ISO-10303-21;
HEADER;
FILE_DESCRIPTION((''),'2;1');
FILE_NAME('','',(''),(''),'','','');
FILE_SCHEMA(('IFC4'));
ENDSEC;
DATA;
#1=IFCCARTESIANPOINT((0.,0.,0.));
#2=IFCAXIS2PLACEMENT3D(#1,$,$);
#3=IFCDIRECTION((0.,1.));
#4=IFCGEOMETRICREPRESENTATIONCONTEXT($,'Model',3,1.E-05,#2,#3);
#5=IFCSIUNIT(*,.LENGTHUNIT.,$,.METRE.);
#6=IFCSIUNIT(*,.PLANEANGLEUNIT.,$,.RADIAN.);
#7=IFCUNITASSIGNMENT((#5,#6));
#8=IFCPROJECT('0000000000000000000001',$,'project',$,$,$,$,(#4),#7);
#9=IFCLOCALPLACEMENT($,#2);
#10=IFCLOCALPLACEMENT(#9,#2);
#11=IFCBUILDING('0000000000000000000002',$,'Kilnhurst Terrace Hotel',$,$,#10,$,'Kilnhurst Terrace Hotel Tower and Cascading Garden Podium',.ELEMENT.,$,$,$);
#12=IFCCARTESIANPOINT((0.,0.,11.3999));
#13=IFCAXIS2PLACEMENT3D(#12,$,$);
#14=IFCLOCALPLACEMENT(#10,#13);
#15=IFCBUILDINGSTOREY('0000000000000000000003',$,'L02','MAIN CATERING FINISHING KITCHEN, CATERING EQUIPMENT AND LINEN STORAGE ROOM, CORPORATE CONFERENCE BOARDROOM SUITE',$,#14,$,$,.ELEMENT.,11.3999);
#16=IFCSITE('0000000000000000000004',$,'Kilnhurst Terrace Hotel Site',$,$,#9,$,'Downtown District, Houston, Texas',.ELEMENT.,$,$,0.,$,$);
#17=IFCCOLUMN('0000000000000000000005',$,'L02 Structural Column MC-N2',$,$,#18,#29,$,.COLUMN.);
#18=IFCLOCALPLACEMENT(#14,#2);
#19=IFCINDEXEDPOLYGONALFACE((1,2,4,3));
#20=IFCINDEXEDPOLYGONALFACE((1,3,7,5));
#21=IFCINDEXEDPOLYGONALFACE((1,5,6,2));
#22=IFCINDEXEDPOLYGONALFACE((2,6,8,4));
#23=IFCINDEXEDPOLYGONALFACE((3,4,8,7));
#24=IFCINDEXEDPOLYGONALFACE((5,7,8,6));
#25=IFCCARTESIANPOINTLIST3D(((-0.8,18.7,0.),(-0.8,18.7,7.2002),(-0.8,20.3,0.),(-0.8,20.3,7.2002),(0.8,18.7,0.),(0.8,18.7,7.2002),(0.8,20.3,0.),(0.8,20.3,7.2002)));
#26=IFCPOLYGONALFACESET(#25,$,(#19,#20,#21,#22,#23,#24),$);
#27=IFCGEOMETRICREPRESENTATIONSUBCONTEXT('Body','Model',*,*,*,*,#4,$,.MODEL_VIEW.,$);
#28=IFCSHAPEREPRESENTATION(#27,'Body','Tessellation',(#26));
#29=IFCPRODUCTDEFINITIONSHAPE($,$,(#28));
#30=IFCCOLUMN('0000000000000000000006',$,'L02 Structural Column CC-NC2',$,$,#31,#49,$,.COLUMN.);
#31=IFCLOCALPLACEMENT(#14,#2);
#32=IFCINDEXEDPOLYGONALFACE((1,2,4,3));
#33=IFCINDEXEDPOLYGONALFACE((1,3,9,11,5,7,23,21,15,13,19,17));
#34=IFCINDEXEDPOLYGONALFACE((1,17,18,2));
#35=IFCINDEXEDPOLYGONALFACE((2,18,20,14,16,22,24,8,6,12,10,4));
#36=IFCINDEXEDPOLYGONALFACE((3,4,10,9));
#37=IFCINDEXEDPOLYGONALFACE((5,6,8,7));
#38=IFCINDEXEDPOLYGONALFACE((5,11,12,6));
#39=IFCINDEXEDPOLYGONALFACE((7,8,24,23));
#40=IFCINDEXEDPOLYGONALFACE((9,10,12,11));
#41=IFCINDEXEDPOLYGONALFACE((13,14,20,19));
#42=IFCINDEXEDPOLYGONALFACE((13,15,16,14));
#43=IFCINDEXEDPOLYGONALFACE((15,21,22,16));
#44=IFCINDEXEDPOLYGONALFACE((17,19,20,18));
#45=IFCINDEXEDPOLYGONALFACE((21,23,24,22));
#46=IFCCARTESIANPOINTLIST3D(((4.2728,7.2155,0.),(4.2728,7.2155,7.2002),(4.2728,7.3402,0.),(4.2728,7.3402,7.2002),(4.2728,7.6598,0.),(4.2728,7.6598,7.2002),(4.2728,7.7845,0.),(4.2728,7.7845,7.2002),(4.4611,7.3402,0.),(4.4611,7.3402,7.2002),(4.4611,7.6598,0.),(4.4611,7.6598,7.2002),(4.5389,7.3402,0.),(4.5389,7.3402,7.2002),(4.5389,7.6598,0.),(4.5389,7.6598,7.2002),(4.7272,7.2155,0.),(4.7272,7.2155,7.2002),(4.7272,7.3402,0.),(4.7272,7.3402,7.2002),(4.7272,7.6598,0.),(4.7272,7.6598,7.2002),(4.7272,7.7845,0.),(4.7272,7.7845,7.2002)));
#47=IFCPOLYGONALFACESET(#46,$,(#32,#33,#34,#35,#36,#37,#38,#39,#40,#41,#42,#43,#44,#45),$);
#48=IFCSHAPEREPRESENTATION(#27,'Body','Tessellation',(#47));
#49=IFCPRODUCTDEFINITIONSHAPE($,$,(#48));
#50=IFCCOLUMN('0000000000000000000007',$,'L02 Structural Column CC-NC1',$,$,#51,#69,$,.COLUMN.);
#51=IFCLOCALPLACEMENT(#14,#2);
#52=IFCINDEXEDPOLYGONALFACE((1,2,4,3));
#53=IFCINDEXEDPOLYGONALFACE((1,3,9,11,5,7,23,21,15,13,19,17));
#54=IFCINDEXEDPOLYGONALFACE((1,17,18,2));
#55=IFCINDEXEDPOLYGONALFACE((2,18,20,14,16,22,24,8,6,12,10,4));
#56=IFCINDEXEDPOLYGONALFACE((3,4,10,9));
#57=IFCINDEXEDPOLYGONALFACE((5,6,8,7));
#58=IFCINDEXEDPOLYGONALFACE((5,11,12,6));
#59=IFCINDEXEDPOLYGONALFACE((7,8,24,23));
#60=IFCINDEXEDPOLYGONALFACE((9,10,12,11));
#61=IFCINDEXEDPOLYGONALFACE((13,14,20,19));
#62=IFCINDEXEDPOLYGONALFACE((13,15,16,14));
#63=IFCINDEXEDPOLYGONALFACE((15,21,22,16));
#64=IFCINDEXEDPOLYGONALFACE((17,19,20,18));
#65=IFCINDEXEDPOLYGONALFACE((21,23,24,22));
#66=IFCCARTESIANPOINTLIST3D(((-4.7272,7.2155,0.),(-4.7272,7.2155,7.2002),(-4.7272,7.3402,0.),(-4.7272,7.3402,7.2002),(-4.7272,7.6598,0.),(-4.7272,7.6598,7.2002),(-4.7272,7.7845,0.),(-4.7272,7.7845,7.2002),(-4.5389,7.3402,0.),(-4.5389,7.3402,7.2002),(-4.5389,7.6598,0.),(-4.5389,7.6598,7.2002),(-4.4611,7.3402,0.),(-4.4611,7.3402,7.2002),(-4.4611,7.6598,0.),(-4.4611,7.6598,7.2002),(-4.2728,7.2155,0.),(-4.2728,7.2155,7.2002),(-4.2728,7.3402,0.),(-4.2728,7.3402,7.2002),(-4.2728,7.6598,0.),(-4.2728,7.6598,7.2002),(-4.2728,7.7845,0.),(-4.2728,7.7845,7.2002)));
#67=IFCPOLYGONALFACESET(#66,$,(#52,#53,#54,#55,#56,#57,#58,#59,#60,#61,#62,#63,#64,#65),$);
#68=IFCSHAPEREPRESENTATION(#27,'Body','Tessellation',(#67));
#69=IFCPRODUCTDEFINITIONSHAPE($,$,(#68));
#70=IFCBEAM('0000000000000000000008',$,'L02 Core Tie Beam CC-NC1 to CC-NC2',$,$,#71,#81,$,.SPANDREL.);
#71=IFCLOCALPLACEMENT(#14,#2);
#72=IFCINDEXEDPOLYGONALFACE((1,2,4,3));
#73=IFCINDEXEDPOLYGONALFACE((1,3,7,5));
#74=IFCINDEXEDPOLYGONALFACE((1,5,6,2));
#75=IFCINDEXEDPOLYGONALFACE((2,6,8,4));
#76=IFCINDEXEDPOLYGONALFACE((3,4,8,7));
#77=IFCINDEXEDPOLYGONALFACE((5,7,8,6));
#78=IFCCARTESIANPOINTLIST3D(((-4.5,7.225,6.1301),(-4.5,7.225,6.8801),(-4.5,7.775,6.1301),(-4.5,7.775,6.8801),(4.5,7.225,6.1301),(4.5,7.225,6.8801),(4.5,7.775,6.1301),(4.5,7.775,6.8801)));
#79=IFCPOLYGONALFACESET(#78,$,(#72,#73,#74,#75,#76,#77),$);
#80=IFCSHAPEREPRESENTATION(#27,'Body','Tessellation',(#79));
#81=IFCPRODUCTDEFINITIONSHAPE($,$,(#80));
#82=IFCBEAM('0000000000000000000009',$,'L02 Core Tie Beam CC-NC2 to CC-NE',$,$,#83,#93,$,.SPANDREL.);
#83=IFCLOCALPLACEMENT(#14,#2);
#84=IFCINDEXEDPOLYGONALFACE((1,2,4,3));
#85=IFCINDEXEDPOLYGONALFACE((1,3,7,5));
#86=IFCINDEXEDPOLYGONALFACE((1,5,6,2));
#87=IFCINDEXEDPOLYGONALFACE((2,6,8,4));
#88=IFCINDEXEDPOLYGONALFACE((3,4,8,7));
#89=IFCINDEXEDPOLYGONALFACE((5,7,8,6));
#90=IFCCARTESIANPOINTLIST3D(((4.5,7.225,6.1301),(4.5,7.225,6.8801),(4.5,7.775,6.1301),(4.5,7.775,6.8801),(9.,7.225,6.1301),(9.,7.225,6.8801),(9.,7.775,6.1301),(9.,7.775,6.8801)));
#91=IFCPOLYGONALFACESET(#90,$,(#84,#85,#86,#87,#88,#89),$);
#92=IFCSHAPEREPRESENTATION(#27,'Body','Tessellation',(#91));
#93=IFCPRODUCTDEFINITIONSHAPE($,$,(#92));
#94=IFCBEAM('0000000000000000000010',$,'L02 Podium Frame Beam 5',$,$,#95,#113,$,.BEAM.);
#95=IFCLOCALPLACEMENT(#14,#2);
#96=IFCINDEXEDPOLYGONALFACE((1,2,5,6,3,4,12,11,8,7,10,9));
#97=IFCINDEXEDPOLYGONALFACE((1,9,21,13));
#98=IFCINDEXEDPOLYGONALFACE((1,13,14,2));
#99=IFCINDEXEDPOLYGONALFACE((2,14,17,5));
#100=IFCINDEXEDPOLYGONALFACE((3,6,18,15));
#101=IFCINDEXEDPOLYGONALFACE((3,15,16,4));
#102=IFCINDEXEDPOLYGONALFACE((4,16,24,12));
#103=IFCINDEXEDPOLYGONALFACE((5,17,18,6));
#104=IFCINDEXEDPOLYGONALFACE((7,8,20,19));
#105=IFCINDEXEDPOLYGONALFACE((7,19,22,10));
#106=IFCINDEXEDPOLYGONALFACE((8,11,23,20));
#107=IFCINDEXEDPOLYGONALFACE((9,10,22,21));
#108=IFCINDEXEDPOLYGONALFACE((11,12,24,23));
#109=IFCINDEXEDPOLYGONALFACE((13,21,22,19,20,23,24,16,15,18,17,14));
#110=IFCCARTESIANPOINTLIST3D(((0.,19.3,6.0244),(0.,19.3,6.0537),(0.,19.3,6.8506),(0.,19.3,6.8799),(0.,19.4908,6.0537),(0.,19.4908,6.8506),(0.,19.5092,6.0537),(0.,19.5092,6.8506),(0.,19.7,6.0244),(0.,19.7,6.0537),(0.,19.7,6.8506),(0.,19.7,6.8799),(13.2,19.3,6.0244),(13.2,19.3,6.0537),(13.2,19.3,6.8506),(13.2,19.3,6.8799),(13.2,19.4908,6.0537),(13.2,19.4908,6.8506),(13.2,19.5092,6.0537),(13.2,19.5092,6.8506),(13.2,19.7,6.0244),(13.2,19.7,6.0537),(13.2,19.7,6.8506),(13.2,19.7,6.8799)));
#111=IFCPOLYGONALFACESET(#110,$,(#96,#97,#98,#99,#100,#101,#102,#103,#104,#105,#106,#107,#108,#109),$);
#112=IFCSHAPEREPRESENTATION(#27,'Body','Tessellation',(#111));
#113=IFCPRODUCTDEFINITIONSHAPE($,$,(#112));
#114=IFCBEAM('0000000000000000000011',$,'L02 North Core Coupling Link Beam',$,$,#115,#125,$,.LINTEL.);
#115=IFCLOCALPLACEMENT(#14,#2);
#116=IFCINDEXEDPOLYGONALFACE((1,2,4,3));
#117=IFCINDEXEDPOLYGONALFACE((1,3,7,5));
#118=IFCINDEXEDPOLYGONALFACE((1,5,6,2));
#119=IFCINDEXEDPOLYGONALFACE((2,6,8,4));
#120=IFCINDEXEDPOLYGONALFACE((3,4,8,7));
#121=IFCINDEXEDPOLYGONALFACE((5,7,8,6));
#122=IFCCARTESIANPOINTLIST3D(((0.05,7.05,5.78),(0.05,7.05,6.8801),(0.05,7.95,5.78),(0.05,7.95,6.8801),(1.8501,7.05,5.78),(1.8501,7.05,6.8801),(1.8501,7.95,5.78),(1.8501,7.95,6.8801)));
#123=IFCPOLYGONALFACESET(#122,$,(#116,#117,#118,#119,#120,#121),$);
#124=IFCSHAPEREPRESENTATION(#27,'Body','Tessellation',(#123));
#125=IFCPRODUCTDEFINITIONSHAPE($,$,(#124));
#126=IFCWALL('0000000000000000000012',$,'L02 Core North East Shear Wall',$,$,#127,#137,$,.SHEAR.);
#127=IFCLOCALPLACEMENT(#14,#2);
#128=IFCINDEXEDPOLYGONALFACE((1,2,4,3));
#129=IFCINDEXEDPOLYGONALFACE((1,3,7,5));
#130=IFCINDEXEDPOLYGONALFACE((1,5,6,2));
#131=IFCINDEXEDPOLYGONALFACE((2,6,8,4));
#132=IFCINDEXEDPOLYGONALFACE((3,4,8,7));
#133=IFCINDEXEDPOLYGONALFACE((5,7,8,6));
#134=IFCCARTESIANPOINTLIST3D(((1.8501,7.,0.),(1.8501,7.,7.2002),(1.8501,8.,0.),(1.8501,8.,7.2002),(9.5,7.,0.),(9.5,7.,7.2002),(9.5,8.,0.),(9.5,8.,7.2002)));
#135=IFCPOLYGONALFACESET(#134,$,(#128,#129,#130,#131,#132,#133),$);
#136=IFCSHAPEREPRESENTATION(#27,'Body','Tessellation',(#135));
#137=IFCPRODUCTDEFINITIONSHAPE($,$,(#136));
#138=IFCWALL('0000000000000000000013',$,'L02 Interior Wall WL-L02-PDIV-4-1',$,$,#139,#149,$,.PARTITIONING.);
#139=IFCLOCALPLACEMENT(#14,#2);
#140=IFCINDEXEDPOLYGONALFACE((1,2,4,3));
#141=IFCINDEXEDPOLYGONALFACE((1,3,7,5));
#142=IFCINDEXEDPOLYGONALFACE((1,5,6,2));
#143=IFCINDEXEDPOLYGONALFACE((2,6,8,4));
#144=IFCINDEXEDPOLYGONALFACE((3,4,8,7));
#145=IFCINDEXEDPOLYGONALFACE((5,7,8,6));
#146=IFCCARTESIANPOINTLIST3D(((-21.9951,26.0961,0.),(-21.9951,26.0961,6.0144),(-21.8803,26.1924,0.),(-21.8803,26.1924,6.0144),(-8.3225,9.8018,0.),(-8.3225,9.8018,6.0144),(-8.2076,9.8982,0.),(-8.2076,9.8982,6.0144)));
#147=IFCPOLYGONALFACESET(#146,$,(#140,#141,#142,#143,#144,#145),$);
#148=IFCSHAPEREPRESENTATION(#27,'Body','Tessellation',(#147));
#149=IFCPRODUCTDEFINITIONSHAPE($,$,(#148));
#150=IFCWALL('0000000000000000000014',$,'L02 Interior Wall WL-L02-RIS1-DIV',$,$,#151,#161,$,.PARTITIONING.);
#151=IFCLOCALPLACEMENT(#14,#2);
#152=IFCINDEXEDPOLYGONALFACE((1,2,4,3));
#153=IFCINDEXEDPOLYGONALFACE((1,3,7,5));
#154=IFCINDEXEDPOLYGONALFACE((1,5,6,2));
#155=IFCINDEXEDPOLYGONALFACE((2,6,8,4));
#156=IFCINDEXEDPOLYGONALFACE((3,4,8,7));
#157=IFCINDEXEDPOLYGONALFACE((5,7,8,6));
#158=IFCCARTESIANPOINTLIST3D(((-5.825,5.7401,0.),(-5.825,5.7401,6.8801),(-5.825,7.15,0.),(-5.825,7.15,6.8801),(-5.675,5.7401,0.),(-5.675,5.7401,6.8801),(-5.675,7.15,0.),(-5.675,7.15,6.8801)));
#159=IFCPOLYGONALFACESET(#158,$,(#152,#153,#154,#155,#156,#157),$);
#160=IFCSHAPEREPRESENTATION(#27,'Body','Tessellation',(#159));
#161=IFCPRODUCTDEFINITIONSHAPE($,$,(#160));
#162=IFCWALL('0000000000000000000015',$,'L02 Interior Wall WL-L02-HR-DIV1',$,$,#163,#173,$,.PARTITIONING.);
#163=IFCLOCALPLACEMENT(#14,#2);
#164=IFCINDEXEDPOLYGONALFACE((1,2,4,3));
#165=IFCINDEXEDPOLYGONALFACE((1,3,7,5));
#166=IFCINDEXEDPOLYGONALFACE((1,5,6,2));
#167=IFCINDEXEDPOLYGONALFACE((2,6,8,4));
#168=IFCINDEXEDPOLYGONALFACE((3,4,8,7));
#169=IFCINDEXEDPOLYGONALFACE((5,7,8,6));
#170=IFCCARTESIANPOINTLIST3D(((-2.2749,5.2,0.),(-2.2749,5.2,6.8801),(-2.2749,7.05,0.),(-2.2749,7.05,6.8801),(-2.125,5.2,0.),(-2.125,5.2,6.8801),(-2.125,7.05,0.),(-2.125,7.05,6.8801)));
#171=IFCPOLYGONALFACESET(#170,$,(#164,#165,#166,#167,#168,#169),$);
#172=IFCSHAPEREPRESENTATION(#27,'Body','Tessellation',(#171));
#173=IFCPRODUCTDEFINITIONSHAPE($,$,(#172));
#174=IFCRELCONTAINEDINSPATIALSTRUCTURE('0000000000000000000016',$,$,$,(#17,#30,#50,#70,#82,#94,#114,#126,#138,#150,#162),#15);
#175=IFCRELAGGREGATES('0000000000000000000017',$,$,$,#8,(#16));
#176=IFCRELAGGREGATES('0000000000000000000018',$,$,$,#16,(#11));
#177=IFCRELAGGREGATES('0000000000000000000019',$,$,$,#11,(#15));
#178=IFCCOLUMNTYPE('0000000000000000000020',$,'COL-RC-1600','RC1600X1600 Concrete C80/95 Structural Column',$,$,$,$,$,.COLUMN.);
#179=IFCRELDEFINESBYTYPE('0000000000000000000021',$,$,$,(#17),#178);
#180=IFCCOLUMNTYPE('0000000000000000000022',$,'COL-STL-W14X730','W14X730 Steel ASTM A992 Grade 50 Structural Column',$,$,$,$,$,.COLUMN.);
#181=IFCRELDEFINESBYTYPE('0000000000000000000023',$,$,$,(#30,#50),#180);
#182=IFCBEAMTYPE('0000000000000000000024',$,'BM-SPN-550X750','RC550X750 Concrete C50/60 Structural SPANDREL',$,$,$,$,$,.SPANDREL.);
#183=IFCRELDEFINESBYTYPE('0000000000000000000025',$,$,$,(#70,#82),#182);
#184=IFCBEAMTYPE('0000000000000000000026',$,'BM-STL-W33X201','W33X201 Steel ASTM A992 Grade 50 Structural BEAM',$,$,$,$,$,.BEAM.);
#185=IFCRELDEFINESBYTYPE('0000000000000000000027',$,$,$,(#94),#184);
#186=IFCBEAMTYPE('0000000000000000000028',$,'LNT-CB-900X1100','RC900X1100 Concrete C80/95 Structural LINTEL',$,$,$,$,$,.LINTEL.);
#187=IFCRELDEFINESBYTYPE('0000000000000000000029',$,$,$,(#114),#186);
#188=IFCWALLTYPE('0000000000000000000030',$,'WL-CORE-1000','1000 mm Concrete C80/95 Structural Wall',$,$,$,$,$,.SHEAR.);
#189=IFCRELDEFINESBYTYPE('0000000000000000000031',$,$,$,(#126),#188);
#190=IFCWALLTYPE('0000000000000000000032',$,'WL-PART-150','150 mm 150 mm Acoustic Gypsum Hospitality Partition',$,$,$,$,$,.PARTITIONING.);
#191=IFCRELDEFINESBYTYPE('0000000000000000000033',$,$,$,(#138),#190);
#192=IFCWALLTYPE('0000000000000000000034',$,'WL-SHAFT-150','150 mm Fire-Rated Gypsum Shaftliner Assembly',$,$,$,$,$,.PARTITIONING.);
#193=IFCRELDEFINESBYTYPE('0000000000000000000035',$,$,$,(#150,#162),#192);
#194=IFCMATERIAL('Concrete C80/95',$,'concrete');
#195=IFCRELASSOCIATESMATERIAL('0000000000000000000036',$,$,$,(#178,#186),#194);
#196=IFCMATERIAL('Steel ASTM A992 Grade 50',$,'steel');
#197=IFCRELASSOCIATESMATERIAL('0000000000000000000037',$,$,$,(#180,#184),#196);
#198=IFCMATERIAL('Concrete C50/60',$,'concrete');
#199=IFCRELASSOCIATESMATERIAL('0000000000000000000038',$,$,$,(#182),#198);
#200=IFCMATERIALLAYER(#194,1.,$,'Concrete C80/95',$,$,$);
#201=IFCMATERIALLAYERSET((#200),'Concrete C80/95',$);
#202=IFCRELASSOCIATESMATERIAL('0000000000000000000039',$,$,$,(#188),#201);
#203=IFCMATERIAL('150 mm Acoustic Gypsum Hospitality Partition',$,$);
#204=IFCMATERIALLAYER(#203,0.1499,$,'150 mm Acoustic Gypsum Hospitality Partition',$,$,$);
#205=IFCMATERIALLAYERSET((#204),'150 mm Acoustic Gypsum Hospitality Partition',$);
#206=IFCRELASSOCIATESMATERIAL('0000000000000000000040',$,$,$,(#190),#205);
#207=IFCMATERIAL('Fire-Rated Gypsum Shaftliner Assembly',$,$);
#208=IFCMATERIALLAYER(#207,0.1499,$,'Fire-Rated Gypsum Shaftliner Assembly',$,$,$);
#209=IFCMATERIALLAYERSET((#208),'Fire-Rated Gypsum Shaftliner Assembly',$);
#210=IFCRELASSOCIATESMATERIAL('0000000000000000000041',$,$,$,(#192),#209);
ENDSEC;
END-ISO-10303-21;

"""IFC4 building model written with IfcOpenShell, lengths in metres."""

from ifc_helpers import new_model, si_unit, direction, frame, frame_2d, origin, origin_2d, place, context, subcontext, project, spatial, rectangle, i_section, extrude, material, layer, layer_set, material_profile, profile_set, type_object, element, save


model = new_model("IFC4")

# Units and contexts
model_context = context("Model", 3, precision=1e-05, world=origin(), true_north=direction((0.0, 1.0)))
body_context = subcontext(model_context, "Body", "Model", "MODEL_VIEW")
ifc_project = project(units=[si_unit("LENGTHUNIT", "METRE"), si_unit("PLANEANGLEUNIT", "RADIAN")], contexts=[model_context])

# Site, building, storey
site_placement = place(None, origin())
site = spatial("IfcSite", under=ifc_project, at=site_placement, Name="Kilnhurst Terrace Hotel Site", LongName="Downtown District, Houston, Texas", CompositionType="ELEMENT", RefElevation=0.0)
building_placement = place(site_placement, origin())
building = spatial("IfcBuilding", under=site, at=building_placement, Name="Kilnhurst Terrace Hotel", LongName="Kilnhurst Terrace Hotel Tower and Cascading Garden Podium", CompositionType="ELEMENT")
storey_placement = place(building_placement, frame((0.0, 0.0, 11.3999)))
storey = spatial("IfcBuildingStorey", under=building, at=storey_placement, Name="L02", Description="MAIN CATERING FINISHING KITCHEN, CATERING EQUIPMENT AND LINEN STORAGE ROOM, CORPORATE CONFERENCE BOARDROOM SUITE", CompositionType="ELEMENT", Elevation=11.3999)

# Columns
ifc_material_1 = material(Name="Concrete C80/95", Category="concrete")
ifc_material_profile_1 = material_profile(ifc_material_1, rectangle(XDim=1.6001, YDim=1.6001, at=origin_2d()), Name="RC1600X1600")
ifc_profile_set_1 = profile_set([ifc_material_profile_1], Name="Concrete C80/95")
column_type_1 = type_object("IfcColumnType", Name="COL-RC-1600", Description="RC1600X1600 Concrete C80/95 Structural Column", PredefinedType="COLUMN", material=ifc_profile_set_1)
column_placement = place(storey_placement, frame((0.0, 19.5, 0.0), z_axis=(0.0, 0.0, 1.0), x_axis=(1.0, 0.0, 0.0)))
element("IfcColumn", 1, at=column_placement, inside=storey, type_object=column_type_1, Name="L02 Structural Column MC-N2", PredefinedType="COLUMN", context=body_context, shape_type="SweptSolid", body=[
    extrude(rectangle(XDim=1.6001, YDim=1.6001, at=origin_2d()), origin(), (0.0, 0.0, 1.0), 7.2002),
])
ifc_material_2 = material(Name="Steel ASTM A992 Grade 50", Category="steel")
ifc_material_profile_2 = material_profile(ifc_material_2, i_section(OverallWidth=0.4543, OverallDepth=0.5691, WebThickness=0.0779, FlangeThickness=0.1248, at=origin_2d()), Name="W14X730")
ifc_profile_set_2 = profile_set([ifc_material_profile_2], Name="Steel ASTM A992 Grade 50")
column_type_2 = type_object("IfcColumnType", Name="COL-STL-W14X730", Description="W14X730 Steel ASTM A992 Grade 50 Structural Column", PredefinedType="COLUMN", material=ifc_profile_set_2)
for number, where, z_axis, x_axis, name in (
    (2, (4.5, 7.5, 0.0), (0.0, 0.0, 1.0), (1.0, 0.0, 0.0), "L02 Structural Column CC-NC2"),
    (3, (-4.5, 7.5, 0.0), (0.0, 0.0, 1.0), (1.0, 0.0, 0.0), "L02 Structural Column CC-NC1"),
):
    element("IfcColumn", number, at=place(storey_placement, frame(where, z_axis=z_axis, x_axis=x_axis)), inside=storey, type_object=column_type_2, Name=name, PredefinedType="COLUMN", context=body_context, shape_type="SweptSolid", body=[
        extrude(i_section(OverallWidth=0.4543, OverallDepth=0.5691, WebThickness=0.0779, FlangeThickness=0.1248, at=origin_2d()), origin(), (0.0, 0.0, 1.0), 7.2002),
    ])

# Beams
ifc_material_3 = material(Name="Concrete C50/60", Category="concrete")
ifc_material_profile_3 = material_profile(ifc_material_3, rectangle(XDim=0.55, YDim=0.75, at=origin_2d()), Name="RC550X750")
ifc_profile_set_3 = profile_set([ifc_material_profile_3], Name="Concrete C50/60")
beam_type_1 = type_object("IfcBeamType", Name="BM-SPN-550X750", Description="RC550X750 Concrete C50/60 Structural SPANDREL", PredefinedType="SPANDREL", material=ifc_profile_set_3)
beam_1_placement = place(storey_placement, frame((-4.5, 7.5, 6.5051), z_axis=(1.0, 0.0, 0.0), x_axis=(0.0, 1.0, 0.0)))
element("IfcBeam", 4, at=beam_1_placement, inside=storey, type_object=beam_type_1, Name="L02 Core Tie Beam CC-NC1 to CC-NC2", PredefinedType="SPANDREL", context=body_context, shape_type="SweptSolid", body=[
    extrude(rectangle(XDim=0.55, YDim=0.75, at=origin_2d()), origin(), (0.0, 0.0, 1.0), 9.0),
])
beam_2_placement = place(storey_placement, frame((4.5, 7.5, 6.5051), z_axis=(1.0, 0.0, 0.0), x_axis=(0.0, 1.0, 0.0)))
element("IfcBeam", 5, at=beam_2_placement, inside=storey, type_object=beam_type_1, Name="L02 Core Tie Beam CC-NC2 to CC-NE", PredefinedType="SPANDREL", context=body_context, shape_type="SweptSolid", body=[
    extrude(rectangle(XDim=0.55, YDim=0.75, at=origin_2d()), origin(), (0.0, 0.0, 1.0), 4.5),
])
ifc_material_profile_4 = material_profile(ifc_material_2, i_section(OverallWidth=0.3999, OverallDepth=0.8555, WebThickness=0.0183, FlangeThickness=0.0293, at=origin_2d()), Name="W33X201")
ifc_profile_set_4 = profile_set([ifc_material_profile_4], Name="Steel ASTM A992 Grade 50")
beam_type_2 = type_object("IfcBeamType", Name="BM-STL-W33X201", Description="W33X201 Steel ASTM A992 Grade 50 Structural BEAM", PredefinedType="BEAM", material=ifc_profile_set_4)
beam_3_placement = place(storey_placement, frame((0.0, 19.5, 6.4521), z_axis=(1.0, 0.0, 0.0), x_axis=(0.0, 1.0, 0.0)))
element("IfcBeam", 6, at=beam_3_placement, inside=storey, type_object=beam_type_2, Name="L02 Podium Frame Beam 5", PredefinedType="BEAM", context=body_context, shape_type="SweptSolid", body=[
    extrude(i_section(OverallWidth=0.3999, OverallDepth=0.8555, WebThickness=0.0183, FlangeThickness=0.0293, at=origin_2d()), origin(), (0.0, 0.0, 1.0), 13.2),
])
ifc_material_profile_5 = material_profile(ifc_material_1, rectangle(XDim=0.8999, YDim=1.1001, at=origin_2d()), Name="RC900X1100")
ifc_profile_set_5 = profile_set([ifc_material_profile_5], Name="Concrete C80/95")
beam_type_3 = type_object("IfcBeamType", Name="LNT-CB-900X1100", Description="RC900X1100 Concrete C80/95 Structural LINTEL", PredefinedType="LINTEL", material=ifc_profile_set_5)
beam_4_placement = place(storey_placement, frame((0.05, 7.5, 6.3301), z_axis=(1.0, 0.0, 0.0), x_axis=(0.0, 1.0, 0.0)))
element("IfcBeam", 7, at=beam_4_placement, inside=storey, type_object=beam_type_3, Name="L02 North Core Coupling Link Beam", PredefinedType="LINTEL", context=body_context, shape_type="SweptSolid", body=[
    extrude(rectangle(XDim=0.8999, YDim=1.1001, at=origin_2d()), origin(), (0.0, 0.0, 1.0), 1.8),
])

# Walls
ifc_layer_1 = layer(ifc_material_1, 1.0, Name="Concrete C80/95")
ifc_layer_set_1 = layer_set([ifc_layer_1], Name="Concrete C80/95")
wall_type_1 = type_object("IfcWallType", Name="WL-CORE-1000", Description="1000 mm Concrete C80/95 Structural Wall", PredefinedType="SHEAR", material=ifc_layer_set_1)
wall_1_placement = place(storey_placement, frame((1.8501, 7.5, 0.0), z_axis=(0.0, 0.0, 1.0), x_axis=(1.0, 0.0, 0.0)))
element("IfcWall", 8, at=wall_1_placement, inside=storey, type_object=wall_type_1, Name="L02 Core North East Shear Wall", PredefinedType="SHEAR", context=body_context, shape_type="SweptSolid", body=[
    extrude(rectangle(XDim=7.6499, YDim=1.0, at=frame_2d((3.825, 0.0))), origin(), (0.0, 0.0, 1.0), 7.2002),
])
ifc_material_4 = material(Name="150 mm Acoustic Gypsum Hospitality Partition")
ifc_layer_2 = layer(ifc_material_4, 0.1499, Name="150 mm Acoustic Gypsum Hospitality Partition")
ifc_layer_set_2 = layer_set([ifc_layer_2], Name="150 mm Acoustic Gypsum Hospitality Partition")
wall_type_2 = type_object("IfcWallType", Name="WL-PART-150", Description="150 mm 150 mm Acoustic Gypsum Hospitality Partition", PredefinedType="PARTITIONING", material=ifc_layer_set_2)
wall_2_placement = place(storey_placement, frame((-8.2651, 9.8501, 0.0), z_axis=(0.0, 0.0, 1.0), x_axis=(-0.642792, 0.766041, 0.0)))
element("IfcWall", 9, at=wall_2_placement, inside=storey, type_object=wall_type_2, Name="L02 Interior Wall WL-L02-PDIV-4-1", PredefinedType="PARTITIONING", context=body_context, shape_type="SweptSolid", body=[
    extrude(rectangle(XDim=21.2708, YDim=0.1499, at=frame_2d((10.6353, 0.0))), origin(), (0.0, 0.0, 1.0), 6.0144),
])
ifc_material_5 = material(Name="Fire-Rated Gypsum Shaftliner Assembly")
ifc_layer_3 = layer(ifc_material_5, 0.1499, Name="Fire-Rated Gypsum Shaftliner Assembly")
ifc_layer_set_3 = layer_set([ifc_layer_3], Name="Fire-Rated Gypsum Shaftliner Assembly")
wall_type_3 = type_object("IfcWallType", Name="WL-SHAFT-150", Description="150 mm Fire-Rated Gypsum Shaftliner Assembly", PredefinedType="PARTITIONING", material=ifc_layer_set_3)
wall_3_placement = place(storey_placement, frame((-5.75, 5.74, 0.0), z_axis=(0.0, 0.0, 1.0), x_axis=(0.0, 1.0, 0.0)))
element("IfcWall", 10, at=wall_3_placement, inside=storey, type_object=wall_type_3, Name="L02 Interior Wall WL-L02-RIS1-DIV", PredefinedType="PARTITIONING", context=body_context, shape_type="SweptSolid", body=[
    extrude(rectangle(XDim=1.4099, YDim=0.1499, at=frame_2d((0.7051, 0.0))), origin(), (0.0, 0.0, 1.0), 6.8801),
])
wall_4_placement = place(storey_placement, frame((-2.2, 5.2, 0.0), z_axis=(0.0, 0.0, 1.0), x_axis=(0.0, 1.0, 0.0)))
element("IfcWall", 11, at=wall_4_placement, inside=storey, type_object=wall_type_3, Name="L02 Interior Wall WL-L02-HR-DIV1", PredefinedType="PARTITIONING", context=body_context, shape_type="SweptSolid", body=[
    extrude(rectangle(XDim=1.8501, YDim=0.1499, at=frame_2d((0.925, 0.0))), origin(), (0.0, 0.0, 1.0), 6.8801),
])

save(model, "model.ifc")
